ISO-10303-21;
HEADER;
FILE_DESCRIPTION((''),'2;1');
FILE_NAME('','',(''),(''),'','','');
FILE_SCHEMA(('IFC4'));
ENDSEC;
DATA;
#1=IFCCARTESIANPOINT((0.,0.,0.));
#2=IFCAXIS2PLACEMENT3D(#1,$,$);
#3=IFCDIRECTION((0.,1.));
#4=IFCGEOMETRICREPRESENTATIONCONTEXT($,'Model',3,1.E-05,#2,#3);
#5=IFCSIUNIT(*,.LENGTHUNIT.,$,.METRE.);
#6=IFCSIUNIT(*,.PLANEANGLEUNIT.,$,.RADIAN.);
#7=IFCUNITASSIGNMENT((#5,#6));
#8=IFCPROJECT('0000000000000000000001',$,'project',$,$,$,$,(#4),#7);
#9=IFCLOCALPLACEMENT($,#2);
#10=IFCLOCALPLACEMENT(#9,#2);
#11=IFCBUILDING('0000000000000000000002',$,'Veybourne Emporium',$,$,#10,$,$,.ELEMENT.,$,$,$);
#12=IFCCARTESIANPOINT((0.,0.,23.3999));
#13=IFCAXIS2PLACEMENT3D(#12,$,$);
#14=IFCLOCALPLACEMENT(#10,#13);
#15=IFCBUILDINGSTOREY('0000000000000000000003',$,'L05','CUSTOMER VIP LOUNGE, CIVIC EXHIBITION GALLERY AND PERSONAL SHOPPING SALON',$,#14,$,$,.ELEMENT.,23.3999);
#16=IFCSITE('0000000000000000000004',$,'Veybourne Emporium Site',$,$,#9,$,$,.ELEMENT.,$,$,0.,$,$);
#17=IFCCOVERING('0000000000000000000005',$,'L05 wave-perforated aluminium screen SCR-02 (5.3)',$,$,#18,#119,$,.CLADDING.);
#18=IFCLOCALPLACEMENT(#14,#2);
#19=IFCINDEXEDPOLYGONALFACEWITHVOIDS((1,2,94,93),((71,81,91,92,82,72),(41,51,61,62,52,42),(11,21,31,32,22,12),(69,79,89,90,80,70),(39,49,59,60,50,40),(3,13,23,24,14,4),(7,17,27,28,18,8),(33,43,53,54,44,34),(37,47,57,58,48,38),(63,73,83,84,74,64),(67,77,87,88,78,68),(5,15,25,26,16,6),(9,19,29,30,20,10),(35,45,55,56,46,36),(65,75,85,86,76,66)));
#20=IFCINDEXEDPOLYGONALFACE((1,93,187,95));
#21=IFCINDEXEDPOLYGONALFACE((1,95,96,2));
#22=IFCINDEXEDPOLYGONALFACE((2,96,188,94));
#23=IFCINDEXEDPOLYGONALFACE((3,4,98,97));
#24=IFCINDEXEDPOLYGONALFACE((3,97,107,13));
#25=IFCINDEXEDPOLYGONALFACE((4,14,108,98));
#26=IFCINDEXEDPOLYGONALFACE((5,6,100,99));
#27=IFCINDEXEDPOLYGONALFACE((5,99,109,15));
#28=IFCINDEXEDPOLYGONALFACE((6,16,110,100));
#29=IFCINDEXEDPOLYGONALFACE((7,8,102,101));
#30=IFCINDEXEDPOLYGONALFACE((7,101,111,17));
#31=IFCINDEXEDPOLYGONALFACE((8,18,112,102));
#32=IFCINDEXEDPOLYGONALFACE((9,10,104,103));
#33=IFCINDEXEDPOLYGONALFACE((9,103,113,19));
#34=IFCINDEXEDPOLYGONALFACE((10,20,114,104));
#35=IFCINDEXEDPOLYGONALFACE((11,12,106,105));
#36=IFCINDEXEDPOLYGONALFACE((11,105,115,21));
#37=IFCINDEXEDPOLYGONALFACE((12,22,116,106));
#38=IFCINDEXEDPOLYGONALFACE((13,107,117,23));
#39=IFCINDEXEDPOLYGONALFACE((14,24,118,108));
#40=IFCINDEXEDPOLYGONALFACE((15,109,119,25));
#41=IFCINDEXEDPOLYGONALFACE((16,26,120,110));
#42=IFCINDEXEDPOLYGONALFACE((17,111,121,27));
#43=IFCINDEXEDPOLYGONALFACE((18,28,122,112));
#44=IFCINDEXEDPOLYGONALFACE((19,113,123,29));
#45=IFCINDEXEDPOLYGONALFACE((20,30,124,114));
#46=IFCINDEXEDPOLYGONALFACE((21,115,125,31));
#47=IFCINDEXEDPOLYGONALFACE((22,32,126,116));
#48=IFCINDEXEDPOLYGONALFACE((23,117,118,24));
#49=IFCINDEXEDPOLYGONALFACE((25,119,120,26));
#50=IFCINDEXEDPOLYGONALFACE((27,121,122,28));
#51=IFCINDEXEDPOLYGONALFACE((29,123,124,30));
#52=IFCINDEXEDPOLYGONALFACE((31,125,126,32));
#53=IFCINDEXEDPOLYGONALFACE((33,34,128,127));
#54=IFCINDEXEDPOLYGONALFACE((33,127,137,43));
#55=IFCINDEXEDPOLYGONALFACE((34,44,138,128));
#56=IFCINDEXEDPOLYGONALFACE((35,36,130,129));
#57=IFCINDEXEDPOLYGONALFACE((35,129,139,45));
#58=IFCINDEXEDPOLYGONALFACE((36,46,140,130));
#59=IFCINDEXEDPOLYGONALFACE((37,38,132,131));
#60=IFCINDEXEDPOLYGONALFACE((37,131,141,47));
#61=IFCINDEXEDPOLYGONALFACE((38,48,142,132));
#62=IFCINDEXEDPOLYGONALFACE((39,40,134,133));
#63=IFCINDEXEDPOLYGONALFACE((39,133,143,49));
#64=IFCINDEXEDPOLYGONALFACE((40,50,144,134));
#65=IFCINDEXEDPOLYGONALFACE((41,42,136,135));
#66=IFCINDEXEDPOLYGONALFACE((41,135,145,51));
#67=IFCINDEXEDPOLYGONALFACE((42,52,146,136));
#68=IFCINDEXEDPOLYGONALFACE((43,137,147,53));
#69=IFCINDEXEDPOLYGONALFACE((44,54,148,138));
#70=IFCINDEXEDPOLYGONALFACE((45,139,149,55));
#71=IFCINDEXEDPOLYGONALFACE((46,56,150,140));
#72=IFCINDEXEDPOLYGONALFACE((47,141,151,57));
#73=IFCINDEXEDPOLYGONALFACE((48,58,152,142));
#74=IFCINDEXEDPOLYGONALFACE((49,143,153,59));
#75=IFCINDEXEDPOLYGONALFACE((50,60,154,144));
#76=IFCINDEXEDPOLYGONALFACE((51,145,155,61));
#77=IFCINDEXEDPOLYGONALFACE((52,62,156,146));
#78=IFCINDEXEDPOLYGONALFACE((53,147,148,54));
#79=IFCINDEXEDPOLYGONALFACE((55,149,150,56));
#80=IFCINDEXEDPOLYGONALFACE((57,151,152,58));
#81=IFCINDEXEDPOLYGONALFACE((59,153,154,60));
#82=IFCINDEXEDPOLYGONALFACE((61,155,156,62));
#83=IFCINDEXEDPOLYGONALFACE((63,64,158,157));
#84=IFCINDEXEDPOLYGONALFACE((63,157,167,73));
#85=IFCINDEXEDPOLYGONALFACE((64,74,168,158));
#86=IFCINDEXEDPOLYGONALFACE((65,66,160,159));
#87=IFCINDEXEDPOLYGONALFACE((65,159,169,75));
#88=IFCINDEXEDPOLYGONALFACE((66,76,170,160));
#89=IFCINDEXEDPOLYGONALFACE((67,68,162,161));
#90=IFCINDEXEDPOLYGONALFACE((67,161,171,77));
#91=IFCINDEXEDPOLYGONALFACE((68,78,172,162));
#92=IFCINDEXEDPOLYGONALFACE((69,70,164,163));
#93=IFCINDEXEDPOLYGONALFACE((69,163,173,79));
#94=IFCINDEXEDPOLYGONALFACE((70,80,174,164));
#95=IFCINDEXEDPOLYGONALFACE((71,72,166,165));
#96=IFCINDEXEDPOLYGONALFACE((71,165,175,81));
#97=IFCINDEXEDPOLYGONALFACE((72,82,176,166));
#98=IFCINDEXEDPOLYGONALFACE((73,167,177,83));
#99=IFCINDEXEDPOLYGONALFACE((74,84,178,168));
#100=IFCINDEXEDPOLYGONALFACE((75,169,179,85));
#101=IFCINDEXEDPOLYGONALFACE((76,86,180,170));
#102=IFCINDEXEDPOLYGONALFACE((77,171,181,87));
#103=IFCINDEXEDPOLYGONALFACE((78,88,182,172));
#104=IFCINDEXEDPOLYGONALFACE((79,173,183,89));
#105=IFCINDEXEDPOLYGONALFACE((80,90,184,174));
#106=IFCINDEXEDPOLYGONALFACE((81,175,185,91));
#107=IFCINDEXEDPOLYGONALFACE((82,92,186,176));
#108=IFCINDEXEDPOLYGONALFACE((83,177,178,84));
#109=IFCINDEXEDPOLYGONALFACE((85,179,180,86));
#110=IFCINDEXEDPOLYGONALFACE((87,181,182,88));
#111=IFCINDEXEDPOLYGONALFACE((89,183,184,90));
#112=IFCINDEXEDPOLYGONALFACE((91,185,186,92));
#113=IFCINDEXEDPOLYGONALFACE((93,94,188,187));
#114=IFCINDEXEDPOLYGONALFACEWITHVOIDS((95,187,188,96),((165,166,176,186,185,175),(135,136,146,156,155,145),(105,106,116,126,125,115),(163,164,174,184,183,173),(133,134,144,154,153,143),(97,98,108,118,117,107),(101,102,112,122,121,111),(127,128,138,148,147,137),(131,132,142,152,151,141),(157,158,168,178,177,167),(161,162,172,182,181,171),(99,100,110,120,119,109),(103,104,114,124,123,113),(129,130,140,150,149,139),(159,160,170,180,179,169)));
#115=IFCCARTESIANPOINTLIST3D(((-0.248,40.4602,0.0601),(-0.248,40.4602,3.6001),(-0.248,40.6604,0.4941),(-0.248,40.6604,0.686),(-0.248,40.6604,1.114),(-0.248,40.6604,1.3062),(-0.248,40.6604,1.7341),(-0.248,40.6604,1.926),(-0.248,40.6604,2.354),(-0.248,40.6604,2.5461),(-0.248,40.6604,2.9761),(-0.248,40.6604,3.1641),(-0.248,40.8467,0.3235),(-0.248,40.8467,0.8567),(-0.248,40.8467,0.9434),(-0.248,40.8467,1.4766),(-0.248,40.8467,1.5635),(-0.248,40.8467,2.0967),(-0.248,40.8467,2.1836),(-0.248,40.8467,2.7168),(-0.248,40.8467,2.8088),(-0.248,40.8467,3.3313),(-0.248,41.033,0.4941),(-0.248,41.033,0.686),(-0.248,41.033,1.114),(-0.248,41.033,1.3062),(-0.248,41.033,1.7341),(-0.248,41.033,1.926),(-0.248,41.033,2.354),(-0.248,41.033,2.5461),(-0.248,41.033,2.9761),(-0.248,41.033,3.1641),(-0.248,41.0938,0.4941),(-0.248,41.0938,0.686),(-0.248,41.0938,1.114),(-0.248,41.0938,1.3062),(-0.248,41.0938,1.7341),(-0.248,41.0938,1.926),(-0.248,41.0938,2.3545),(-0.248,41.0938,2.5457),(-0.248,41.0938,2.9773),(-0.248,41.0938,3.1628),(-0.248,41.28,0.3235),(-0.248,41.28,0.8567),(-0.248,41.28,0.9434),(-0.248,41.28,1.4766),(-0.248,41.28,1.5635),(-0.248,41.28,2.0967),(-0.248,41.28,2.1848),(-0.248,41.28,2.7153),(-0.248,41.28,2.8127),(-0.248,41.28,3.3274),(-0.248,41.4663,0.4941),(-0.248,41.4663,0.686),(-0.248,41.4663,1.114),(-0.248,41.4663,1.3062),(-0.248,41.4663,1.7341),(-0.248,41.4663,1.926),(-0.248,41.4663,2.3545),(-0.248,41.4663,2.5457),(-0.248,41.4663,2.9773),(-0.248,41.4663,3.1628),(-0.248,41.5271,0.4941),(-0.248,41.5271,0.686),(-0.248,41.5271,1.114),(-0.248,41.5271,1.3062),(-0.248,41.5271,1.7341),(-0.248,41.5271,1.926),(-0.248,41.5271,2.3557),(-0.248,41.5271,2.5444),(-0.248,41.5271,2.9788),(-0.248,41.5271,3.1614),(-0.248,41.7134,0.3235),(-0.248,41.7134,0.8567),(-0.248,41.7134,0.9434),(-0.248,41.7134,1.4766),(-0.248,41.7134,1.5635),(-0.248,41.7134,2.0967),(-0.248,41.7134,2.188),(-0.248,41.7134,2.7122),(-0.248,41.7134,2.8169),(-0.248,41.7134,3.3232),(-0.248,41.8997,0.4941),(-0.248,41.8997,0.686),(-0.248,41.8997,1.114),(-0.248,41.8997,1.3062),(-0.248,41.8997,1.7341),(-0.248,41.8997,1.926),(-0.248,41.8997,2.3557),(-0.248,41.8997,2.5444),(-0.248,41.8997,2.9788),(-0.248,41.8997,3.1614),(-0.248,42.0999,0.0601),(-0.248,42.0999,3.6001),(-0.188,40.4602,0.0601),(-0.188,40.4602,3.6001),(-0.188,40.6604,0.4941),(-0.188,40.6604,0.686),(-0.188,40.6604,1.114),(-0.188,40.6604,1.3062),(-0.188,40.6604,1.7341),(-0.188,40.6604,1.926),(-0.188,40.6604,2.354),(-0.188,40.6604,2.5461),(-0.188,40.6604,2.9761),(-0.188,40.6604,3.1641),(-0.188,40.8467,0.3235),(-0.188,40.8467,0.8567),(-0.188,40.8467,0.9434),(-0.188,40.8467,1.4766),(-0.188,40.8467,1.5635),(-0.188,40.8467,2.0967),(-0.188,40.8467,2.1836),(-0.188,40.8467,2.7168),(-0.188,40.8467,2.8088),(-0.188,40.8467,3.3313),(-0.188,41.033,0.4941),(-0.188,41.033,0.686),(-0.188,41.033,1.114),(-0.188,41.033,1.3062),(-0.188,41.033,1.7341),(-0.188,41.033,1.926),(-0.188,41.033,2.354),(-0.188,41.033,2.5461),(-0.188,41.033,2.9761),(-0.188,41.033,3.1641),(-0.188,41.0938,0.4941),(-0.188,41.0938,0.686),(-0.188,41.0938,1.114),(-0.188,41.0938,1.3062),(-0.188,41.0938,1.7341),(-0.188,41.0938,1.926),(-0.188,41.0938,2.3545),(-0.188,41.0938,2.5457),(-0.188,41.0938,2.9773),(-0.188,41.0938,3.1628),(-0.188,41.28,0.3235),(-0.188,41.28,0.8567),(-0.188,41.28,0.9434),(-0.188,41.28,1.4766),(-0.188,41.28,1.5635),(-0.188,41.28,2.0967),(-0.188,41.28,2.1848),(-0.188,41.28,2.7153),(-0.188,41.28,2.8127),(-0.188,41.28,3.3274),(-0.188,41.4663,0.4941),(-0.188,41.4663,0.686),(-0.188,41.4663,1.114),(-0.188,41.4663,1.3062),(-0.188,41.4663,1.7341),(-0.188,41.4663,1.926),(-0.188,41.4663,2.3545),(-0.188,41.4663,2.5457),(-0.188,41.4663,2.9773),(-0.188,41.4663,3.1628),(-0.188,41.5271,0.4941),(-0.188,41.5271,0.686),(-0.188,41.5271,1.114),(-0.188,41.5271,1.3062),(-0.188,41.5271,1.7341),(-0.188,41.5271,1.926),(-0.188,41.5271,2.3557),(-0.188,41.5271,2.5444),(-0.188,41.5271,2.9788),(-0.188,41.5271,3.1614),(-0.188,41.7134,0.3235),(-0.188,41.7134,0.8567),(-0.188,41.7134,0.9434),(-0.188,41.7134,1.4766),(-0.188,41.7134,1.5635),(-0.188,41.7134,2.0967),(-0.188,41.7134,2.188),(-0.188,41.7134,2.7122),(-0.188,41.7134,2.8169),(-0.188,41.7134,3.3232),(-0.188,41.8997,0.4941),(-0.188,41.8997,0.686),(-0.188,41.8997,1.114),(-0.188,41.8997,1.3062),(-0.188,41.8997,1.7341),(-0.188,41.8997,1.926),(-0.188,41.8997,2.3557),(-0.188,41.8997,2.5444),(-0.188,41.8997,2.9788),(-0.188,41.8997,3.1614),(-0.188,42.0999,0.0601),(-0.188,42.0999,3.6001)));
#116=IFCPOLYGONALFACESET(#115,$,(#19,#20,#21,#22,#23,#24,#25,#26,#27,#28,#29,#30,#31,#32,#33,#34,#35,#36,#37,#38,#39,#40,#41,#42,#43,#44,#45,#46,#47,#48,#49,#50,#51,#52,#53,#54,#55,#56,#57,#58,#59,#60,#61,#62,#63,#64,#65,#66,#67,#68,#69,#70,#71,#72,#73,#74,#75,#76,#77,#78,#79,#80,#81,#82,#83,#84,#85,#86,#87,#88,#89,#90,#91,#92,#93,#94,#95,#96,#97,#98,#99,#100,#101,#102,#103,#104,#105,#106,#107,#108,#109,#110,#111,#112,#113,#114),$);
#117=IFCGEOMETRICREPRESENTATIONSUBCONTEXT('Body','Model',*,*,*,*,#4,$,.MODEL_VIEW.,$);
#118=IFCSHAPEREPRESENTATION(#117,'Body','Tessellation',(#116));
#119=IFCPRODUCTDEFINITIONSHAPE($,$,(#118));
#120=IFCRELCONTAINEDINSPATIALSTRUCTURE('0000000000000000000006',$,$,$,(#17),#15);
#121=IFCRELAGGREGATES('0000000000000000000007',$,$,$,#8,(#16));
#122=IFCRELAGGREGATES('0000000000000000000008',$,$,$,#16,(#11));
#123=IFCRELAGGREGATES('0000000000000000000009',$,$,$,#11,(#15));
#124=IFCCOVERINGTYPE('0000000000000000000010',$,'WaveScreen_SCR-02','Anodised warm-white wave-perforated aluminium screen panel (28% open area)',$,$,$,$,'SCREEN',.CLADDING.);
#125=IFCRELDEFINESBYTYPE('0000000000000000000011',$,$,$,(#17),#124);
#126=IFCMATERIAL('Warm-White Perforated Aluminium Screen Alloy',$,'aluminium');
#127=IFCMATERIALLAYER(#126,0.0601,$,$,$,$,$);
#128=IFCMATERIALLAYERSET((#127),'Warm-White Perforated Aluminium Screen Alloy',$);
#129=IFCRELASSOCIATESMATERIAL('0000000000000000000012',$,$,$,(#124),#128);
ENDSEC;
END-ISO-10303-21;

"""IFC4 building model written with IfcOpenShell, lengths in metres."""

from ifc_helpers import new_model, si_unit, direction, frame, origin, place, context, subcontext, project, spatial, polyline, outline, extrude, material, layer, layer_set, type_object, element, save


model = new_model("IFC4")

# Units and contexts
model_context = context("Model", 3, precision=1e-05, world=origin(), true_north=direction((0.0, 1.0)))
body_context = subcontext(model_context, "Body", "Model", "MODEL_VIEW")
ifc_project = project(units=[si_unit("LENGTHUNIT", "METRE"), si_unit("PLANEANGLEUNIT", "RADIAN")], contexts=[model_context])

# Site, building, storey
site_placement = place(None, origin())
site = spatial("IfcSite", under=ifc_project, at=site_placement, Name="Veybourne Emporium Site", CompositionType="ELEMENT", RefElevation=0.0)
building_placement = place(site_placement, origin())
building = spatial("IfcBuilding", under=site, at=building_placement, Name="Veybourne Emporium", CompositionType="ELEMENT")
storey_placement = place(building_placement, frame((0.0, 0.0, 23.3999)))
storey = spatial("IfcBuildingStorey", under=building, at=storey_placement, Name="L05", Description="CUSTOMER VIP LOUNGE, CIVIC EXHIBITION GALLERY AND PERSONAL SHOPPING SALON", CompositionType="ELEMENT", Elevation=23.3999)

# Covering
ifc_material_1 = material(Name="Warm-White Perforated Aluminium Screen Alloy", Category="aluminium")
ifc_layer_1 = layer(ifc_material_1, 0.0601)
ifc_layer_set_1 = layer_set([ifc_layer_1], Name="Warm-White Perforated Aluminium Screen Alloy")
covering_type_1 = type_object("IfcCoveringType", Name="WaveScreen_SCR-02", Description="Anodised warm-white wave-perforated aluminium screen panel (28% open area)", ElementType="SCREEN", PredefinedType="CLADDING", material=ifc_layer_set_1)
covering_1_placement = place(storey_placement, frame((-0.248, 41.28, 1.8301), z_axis=(1.0, 0.0, 0.0), x_axis=(0.0, 1.0, 0.0)))
element("IfcCovering", 1, at=covering_1_placement, inside=storey, type_object=covering_type_1, Name="L05 wave-perforated aluminium screen SCR-02 (5.3)", PredefinedType="CLADDING", context=body_context, shape_type="SweptSolid", body=[
    extrude(outline(polyline([(-0.8198, -1.77), (0.8198, -1.77), (0.8198, 1.77), (-0.8198, 1.77), (-0.8198, -1.77)]), holes=[polyline([(-0.4333, -0.9734), (-0.2471, -1.144), (-0.2471, -1.3359), (-0.4333, -1.5066), (-0.6196, -1.3359), (-0.6196, -1.144), (-0.4333, -0.9734)]), polyline([(-0.4333, -0.3535), (-0.2471, -0.5239), (-0.2471, -0.7161), (-0.4333, -0.8867), (-0.6196, -0.7161), (-0.6196, -0.5239), (-0.4333, -0.3535)]), polyline([(-0.4333, 0.2666), (-0.2471, 0.0959), (-0.2471, -0.0959), (-0.4333, -0.2666), (-0.6196, -0.0959), (-0.6196, 0.0959), (-0.4333, 0.2666)]), polyline([(-0.4333, 0.8867), (-0.2471, 0.7161), (-0.2471, 0.5239), (-0.4333, 0.3535), (-0.6196, 0.5239), (-0.6196, 0.7161), (-0.4333, 0.8867)]), polyline([(-0.4333, 1.5012), (-0.2471, 1.334), (-0.2471, 1.146), (-0.4333, 0.9788), (-0.6196, 1.146), (-0.6196, 1.334), (-0.4333, 1.5012)]), polyline([(0.0, -0.9734), (0.1863, -1.144), (0.1863, -1.3359), (0.0, -1.5066), (-0.1863, -1.3359), (-0.1863, -1.144), (0.0, -0.9734)]), polyline([(0.0, -0.3535), (0.1863, -0.5239), (0.1863, -0.7161), (0.0, -0.8867), (-0.1863, -0.7161), (-0.1863, -0.5239), (0.0, -0.3535)]), polyline([(0.0, 0.2666), (0.1863, 0.0959), (0.1863, -0.0959), (0.0, -0.2666), (-0.1863, -0.0959), (-0.1863, 0.0959), (0.0, 0.2666)]), polyline([(0.0, 0.8853), (0.1863, 0.7156), (0.1863, 0.5244), (0.0, 0.3547), (-0.1863, 0.5244), (-0.1863, 0.7156), (0.0, 0.8853)]), polyline([(0.0, 1.4973), (0.1863, 1.3328), (0.1863, 1.1472), (0.0, 0.9827), (-0.1863, 1.1472), (-0.1863, 1.3328), (0.0, 1.4973)]), polyline([(0.4333, -0.9734), (0.6196, -1.144), (0.6196, -1.3359), (0.4333, -1.5066), (0.2471, -1.3359), (0.2471, -1.144), (0.4333, -0.9734)]), polyline([(0.4333, -0.3535), (0.6196, -0.5239), (0.6196, -0.7161), (0.4333, -0.8867), (0.2471, -0.7161), (0.2471, -0.5239), (0.4333, -0.3535)]), polyline([(0.4333, 0.2666), (0.6196, 0.0959), (0.6196, -0.0959), (0.4333, -0.2666), (0.2471, -0.0959), (0.2471, 0.0959), (0.4333, 0.2666)]), polyline([(0.4333, 0.8821), (0.6196, 0.7144), (0.6196, 0.5256), (0.4333, 0.3579), (0.2471, 0.5256), (0.2471, 0.7144), (0.4333, 0.8821)]), polyline([(0.4333, 1.4932), (0.6196, 1.3313), (0.6196, 1.1487), (0.4333, 0.9868), (0.2471, 1.1487), (0.2471, 1.3313), (0.4333, 1.4932)])]), origin(), (0.0, 0.0, 1.0), 0.0601),
])

save(model, "model.ifc")
